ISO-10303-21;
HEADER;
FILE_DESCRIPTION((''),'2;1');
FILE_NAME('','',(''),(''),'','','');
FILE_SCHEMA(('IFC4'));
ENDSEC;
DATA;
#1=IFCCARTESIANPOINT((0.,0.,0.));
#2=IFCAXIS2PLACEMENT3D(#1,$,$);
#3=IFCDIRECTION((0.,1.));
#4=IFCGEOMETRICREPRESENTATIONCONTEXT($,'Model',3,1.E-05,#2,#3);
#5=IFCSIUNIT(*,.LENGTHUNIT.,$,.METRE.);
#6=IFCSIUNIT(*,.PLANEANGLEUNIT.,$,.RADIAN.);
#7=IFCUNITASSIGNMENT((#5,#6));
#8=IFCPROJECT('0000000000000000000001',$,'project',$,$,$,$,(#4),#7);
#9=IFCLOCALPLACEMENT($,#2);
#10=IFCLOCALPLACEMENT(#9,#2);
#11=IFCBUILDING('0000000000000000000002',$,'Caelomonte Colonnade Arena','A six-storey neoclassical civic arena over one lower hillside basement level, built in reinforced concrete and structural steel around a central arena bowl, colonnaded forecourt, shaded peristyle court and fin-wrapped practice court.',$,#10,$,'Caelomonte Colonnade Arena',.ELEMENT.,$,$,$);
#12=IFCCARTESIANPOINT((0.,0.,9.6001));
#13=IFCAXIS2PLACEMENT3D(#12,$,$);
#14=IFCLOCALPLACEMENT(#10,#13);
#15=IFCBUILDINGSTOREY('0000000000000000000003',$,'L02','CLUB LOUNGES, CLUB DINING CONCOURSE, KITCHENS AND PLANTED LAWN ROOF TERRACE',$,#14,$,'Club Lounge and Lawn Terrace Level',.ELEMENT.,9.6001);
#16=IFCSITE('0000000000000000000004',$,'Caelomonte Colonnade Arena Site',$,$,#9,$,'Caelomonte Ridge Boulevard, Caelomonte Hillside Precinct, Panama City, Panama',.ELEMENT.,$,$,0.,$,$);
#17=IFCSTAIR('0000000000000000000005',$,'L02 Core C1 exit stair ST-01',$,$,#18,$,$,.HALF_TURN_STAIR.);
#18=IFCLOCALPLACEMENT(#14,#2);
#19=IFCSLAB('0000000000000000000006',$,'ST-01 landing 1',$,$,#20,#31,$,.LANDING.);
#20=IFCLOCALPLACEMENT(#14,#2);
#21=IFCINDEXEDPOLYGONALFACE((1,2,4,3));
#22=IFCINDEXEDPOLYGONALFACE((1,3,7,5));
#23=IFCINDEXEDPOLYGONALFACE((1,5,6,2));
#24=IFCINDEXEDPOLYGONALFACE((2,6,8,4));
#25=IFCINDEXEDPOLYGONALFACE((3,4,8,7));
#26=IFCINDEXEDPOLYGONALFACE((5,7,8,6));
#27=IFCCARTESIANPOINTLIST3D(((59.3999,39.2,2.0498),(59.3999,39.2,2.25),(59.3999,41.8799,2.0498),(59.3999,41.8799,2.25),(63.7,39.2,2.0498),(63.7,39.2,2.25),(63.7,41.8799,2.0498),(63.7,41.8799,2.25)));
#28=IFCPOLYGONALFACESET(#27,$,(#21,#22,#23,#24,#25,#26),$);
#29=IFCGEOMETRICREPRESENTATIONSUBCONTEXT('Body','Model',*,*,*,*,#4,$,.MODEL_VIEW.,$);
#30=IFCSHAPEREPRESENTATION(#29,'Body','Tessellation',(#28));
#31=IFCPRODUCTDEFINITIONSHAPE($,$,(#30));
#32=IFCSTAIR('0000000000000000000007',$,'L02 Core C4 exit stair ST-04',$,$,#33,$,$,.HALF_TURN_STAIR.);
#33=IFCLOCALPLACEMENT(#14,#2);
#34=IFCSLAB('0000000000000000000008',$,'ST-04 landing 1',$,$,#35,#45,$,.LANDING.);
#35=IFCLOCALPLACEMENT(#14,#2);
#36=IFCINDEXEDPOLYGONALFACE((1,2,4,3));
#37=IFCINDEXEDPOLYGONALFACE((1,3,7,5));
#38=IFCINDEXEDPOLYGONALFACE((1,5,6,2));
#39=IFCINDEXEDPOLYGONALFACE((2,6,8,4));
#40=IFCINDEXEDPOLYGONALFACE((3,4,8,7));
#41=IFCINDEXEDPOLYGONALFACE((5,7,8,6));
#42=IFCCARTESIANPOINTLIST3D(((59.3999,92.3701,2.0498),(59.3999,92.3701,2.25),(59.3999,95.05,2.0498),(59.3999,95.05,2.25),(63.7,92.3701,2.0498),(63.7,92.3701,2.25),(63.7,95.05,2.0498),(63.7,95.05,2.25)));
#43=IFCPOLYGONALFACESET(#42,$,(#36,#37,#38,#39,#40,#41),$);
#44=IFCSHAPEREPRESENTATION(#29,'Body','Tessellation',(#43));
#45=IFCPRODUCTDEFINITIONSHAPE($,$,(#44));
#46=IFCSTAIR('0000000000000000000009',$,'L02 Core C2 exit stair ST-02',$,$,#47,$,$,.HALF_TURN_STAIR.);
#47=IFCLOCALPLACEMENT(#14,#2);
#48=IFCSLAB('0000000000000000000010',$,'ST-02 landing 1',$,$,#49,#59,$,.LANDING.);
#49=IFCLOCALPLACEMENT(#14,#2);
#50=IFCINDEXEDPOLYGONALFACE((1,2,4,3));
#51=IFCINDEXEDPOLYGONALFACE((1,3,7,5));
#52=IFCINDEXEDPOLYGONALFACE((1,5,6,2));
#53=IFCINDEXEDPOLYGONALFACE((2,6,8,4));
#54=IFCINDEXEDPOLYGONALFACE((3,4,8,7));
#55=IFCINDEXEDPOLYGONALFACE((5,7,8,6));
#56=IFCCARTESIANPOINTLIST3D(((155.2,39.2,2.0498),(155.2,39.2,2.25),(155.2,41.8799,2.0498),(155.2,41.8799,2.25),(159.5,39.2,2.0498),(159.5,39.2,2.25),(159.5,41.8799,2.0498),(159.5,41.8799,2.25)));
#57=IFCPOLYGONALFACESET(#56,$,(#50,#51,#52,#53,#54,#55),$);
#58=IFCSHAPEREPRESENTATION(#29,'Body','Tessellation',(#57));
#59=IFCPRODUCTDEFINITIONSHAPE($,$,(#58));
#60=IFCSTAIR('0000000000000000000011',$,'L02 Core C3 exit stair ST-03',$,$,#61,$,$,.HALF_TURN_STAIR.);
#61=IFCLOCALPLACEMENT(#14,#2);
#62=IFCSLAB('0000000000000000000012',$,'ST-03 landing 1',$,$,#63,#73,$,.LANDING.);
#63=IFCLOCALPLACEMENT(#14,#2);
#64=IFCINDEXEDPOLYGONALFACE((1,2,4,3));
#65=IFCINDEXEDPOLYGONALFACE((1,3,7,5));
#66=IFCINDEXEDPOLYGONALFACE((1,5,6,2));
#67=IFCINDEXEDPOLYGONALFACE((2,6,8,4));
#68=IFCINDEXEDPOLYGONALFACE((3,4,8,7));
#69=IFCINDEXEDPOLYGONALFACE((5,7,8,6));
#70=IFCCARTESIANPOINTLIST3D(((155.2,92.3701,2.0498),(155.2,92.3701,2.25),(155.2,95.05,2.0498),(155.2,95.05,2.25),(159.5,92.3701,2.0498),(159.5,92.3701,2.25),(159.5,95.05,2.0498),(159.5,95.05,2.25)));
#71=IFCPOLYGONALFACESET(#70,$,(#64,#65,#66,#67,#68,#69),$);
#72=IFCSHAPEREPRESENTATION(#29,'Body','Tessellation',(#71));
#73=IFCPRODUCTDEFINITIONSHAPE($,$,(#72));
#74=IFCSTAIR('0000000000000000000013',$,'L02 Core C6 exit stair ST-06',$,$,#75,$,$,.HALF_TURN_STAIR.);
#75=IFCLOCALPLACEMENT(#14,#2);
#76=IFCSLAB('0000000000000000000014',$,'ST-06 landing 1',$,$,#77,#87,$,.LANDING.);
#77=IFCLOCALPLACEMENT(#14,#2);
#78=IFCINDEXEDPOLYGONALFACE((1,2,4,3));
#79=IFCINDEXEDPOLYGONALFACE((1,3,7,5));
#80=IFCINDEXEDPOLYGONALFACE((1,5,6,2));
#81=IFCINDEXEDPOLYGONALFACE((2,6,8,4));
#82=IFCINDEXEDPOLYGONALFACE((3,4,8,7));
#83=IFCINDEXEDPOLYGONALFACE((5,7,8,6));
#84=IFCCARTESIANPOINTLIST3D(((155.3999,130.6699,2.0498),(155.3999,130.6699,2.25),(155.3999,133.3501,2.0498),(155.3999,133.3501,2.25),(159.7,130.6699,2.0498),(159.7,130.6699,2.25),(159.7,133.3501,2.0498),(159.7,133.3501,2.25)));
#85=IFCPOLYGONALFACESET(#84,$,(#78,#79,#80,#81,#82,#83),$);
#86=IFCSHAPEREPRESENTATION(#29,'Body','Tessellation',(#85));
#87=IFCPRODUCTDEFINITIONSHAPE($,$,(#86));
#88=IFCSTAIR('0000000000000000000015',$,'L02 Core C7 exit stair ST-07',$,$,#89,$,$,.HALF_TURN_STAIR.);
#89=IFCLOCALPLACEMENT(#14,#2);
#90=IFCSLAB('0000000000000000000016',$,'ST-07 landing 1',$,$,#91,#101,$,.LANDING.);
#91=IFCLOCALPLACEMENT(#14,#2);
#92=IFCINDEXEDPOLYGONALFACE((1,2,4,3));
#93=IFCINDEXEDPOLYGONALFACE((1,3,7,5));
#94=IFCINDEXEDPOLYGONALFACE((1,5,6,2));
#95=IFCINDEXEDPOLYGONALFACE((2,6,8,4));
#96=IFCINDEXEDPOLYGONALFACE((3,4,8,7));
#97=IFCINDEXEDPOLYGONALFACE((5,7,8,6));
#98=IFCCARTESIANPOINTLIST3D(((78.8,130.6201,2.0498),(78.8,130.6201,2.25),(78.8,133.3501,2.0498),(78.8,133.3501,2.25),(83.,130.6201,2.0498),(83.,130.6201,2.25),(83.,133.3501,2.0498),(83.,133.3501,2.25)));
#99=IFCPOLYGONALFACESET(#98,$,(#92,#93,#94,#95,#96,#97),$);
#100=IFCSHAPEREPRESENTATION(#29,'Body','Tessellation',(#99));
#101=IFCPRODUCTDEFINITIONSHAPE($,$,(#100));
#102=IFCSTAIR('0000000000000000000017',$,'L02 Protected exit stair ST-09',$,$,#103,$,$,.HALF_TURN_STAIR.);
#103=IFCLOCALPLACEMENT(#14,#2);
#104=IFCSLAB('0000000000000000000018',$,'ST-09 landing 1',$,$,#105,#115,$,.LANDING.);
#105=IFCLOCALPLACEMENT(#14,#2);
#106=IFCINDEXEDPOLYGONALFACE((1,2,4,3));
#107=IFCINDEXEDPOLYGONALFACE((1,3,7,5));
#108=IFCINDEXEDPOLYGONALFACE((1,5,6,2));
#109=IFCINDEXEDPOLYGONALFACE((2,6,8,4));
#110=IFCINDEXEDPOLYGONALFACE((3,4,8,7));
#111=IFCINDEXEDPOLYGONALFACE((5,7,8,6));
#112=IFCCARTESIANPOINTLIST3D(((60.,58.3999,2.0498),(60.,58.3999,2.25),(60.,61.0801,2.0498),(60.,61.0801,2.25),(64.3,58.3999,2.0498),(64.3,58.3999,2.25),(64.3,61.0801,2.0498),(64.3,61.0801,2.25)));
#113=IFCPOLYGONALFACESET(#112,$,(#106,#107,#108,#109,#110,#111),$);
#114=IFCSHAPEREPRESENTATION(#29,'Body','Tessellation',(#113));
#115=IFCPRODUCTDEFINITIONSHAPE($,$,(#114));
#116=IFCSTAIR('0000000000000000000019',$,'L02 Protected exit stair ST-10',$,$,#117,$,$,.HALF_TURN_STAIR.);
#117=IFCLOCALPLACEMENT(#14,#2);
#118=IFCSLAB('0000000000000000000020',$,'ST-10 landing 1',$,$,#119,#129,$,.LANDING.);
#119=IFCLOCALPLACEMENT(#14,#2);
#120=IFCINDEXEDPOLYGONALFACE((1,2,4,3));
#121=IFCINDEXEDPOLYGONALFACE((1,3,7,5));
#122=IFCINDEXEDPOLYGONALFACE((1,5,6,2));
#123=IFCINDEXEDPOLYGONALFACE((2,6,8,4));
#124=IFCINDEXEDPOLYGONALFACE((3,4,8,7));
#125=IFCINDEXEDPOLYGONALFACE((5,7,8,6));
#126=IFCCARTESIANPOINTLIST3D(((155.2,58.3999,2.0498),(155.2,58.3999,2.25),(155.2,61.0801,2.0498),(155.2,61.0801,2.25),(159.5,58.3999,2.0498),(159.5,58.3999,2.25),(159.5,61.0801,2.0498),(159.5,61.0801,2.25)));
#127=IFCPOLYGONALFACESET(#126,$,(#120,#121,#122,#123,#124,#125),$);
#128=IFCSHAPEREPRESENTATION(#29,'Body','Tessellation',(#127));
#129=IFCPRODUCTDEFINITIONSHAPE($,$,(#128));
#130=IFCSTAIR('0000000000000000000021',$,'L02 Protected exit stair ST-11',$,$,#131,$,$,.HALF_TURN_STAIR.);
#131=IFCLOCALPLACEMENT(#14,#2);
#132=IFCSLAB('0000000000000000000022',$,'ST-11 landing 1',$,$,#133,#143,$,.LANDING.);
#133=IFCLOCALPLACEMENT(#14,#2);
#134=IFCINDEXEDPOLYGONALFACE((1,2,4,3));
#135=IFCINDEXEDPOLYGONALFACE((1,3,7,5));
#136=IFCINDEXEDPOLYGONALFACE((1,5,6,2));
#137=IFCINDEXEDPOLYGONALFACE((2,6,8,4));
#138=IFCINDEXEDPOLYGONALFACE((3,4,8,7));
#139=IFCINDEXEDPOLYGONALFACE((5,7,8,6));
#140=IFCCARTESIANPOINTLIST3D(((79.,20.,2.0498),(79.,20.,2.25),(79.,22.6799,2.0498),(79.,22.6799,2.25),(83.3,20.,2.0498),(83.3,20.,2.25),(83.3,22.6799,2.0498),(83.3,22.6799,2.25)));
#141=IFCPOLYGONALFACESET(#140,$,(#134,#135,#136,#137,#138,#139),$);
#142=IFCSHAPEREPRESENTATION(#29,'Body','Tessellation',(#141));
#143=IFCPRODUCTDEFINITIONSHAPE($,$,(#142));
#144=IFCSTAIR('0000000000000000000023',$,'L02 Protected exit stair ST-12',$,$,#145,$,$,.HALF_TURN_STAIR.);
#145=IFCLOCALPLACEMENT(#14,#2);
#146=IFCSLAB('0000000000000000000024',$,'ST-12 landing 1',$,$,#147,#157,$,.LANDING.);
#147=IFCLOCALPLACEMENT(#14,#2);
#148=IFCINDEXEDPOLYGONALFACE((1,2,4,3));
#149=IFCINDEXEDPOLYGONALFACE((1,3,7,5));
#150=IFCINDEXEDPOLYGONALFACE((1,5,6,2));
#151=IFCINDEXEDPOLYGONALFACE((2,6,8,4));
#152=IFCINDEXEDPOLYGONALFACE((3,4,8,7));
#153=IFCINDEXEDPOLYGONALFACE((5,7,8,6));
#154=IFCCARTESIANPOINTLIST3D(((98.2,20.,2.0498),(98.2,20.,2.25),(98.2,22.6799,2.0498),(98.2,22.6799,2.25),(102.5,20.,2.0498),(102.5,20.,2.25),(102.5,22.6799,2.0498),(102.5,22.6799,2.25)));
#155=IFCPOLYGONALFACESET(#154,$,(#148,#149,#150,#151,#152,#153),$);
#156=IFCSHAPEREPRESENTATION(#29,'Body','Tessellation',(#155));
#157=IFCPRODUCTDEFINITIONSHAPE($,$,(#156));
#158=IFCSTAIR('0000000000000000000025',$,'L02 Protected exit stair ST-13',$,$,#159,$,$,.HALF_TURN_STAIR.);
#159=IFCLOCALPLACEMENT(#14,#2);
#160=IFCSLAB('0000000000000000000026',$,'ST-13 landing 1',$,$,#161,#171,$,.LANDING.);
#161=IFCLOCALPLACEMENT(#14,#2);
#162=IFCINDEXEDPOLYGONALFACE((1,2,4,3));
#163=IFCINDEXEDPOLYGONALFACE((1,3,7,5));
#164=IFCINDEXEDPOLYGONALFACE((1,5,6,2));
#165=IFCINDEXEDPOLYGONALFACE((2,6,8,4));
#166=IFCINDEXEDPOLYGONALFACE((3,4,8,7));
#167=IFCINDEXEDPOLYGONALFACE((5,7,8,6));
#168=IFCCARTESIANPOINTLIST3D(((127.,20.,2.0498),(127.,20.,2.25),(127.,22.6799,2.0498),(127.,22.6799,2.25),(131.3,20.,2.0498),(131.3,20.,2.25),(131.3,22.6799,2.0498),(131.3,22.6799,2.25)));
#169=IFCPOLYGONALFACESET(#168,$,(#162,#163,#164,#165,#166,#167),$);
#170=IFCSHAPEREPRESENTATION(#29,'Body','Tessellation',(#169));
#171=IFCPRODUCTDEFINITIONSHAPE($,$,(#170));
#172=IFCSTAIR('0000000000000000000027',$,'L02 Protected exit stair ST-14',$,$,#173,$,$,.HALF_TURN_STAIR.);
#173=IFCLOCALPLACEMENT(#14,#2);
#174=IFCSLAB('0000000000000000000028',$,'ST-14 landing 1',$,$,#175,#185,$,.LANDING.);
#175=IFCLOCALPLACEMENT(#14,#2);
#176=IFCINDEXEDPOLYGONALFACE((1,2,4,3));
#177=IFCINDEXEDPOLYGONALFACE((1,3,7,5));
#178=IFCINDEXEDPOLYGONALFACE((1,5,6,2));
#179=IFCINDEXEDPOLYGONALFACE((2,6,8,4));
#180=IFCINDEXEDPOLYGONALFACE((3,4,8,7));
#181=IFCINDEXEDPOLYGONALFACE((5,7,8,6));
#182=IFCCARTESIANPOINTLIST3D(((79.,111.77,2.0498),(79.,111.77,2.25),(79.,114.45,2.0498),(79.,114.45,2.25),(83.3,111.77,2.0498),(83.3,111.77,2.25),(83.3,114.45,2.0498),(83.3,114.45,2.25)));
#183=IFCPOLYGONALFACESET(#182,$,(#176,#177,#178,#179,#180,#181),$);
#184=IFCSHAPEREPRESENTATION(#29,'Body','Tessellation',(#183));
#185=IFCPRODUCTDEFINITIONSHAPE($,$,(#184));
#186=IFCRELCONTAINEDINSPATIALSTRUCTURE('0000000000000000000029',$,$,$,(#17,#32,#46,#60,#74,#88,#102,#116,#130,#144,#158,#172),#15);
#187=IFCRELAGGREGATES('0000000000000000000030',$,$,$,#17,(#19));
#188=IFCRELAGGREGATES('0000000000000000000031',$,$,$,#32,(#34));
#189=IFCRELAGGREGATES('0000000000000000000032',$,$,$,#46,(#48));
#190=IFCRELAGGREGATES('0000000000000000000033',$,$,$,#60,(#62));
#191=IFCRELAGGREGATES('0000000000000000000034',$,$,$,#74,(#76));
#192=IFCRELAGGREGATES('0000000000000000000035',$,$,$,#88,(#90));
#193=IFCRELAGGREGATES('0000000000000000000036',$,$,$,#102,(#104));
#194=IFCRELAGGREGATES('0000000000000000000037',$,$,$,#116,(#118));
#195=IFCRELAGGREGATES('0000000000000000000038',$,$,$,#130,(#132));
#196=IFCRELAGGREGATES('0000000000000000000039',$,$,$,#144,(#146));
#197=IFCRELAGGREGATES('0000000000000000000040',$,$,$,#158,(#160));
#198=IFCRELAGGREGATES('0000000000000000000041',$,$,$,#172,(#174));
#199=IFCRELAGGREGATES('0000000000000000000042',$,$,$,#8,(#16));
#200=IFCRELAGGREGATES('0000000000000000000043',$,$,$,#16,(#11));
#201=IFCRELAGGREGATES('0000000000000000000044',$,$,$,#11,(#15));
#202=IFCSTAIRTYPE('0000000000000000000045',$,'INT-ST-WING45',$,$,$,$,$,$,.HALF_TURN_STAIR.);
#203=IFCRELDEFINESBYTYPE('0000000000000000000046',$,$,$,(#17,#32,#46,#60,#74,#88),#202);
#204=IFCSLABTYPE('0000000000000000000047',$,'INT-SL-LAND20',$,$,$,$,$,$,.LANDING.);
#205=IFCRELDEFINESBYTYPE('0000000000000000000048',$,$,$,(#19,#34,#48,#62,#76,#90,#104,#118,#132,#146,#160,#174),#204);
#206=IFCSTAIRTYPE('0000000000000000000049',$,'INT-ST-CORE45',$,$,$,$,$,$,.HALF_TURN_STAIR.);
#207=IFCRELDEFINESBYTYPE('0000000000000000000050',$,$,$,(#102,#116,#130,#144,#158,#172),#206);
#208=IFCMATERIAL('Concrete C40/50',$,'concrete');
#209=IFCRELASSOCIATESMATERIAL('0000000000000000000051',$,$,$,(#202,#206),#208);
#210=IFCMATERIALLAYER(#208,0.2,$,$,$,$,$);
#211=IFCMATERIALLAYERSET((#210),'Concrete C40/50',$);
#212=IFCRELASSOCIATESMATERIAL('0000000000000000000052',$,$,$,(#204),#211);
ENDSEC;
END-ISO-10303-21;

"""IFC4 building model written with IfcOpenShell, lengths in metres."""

from ifc_helpers import new_model, si_unit, direction, frame, origin, place, context, subcontext, project, spatial, polyline, outline, extrude, material, layer, layer_set, type_object, element, aggregate, save


model = new_model("IFC4")

# Units and contexts
model_context = context("Model", 3, precision=1e-05, world=origin(), true_north=direction((0.0, 1.0)))
body_context = subcontext(model_context, "Body", "Model", "MODEL_VIEW")
ifc_project = project(units=[si_unit("LENGTHUNIT", "METRE"), si_unit("PLANEANGLEUNIT", "RADIAN")], contexts=[model_context])

# Site, building, storey
site_placement = place(None, origin())
site = spatial("IfcSite", under=ifc_project, at=site_placement, Name="Caelomonte Colonnade Arena Site", LongName="Caelomonte Ridge Boulevard, Caelomonte Hillside Precinct, Panama City, Panama", CompositionType="ELEMENT", RefElevation=0.0)
building_placement = place(site_placement, origin())
building = spatial("IfcBuilding", under=site, at=building_placement, Name="Caelomonte Colonnade Arena", Description="A six-storey neoclassical civic arena over one lower hillside basement level, built in reinforced concrete and structural steel around a central arena bowl, colonnaded forecourt, shaded peristyle court and fin-wrapped practice court.", LongName="Caelomonte Colonnade Arena", CompositionType="ELEMENT")
storey_placement = place(building_placement, frame((0.0, 0.0, 9.6001)))
storey = spatial("IfcBuildingStorey", under=building, at=storey_placement, Name="L02", Description="CLUB LOUNGES, CLUB DINING CONCOURSE, KITCHENS AND PLANTED LAWN ROOF TERRACE", LongName="Club Lounge and Lawn Terrace Level", CompositionType="ELEMENT", Elevation=9.6001)

# Stairs, slabs
ifc_material_1 = material(Name="Concrete C40/50", Category="concrete")
stair_type_1 = type_object("IfcStairType", Name="INT-ST-WING45", PredefinedType="HALF_TURN_STAIR", material=ifc_material_1)
stair_1_placement = place(storey_placement, origin())
stair_1 = element("IfcStair", 1, at=stair_1_placement, inside=storey, type_object=stair_type_1, Name="L02 Core C1 exit stair ST-01", PredefinedType="HALF_TURN_STAIR")
ifc_layer_1 = layer(ifc_material_1, 0.2)
ifc_layer_set_1 = layer_set([ifc_layer_1], Name="Concrete C40/50")
slab_type_1 = type_object("IfcSlabType", Name="INT-SL-LAND20", PredefinedType="LANDING", material=ifc_layer_set_1)
slab_1_placement = place(storey_placement, frame((0.0, 0.0, 2.0498)))
slab_1 = element("IfcSlab", 2, at=slab_1_placement, type_object=slab_type_1, Name="ST-01 landing 1", PredefinedType="LANDING", context=body_context, shape_type="SweptSolid", body=[
    extrude(outline(polyline([(59.3999, 41.8799), (59.3999, 39.2), (63.7, 39.2), (63.7, 41.8799), (59.3999, 41.8799)])), origin(), (0.0, 0.0, 1.0), 0.2002),
])
aggregate(stair_1, [slab_1])
stair_2_placement = place(storey_placement, origin())
stair_2 = element("IfcStair", 3, at=stair_2_placement, inside=storey, type_object=stair_type_1, Name="L02 Core C4 exit stair ST-04", PredefinedType="HALF_TURN_STAIR")
slab_2_placement = place(storey_placement, frame((0.0, 0.0, 2.0498)))
slab_2 = element("IfcSlab", 4, at=slab_2_placement, type_object=slab_type_1, Name="ST-04 landing 1", PredefinedType="LANDING", context=body_context, shape_type="SweptSolid", body=[
    extrude(outline(polyline([(63.7, 92.3701), (63.7, 95.05), (59.3999, 95.05), (59.3999, 92.3701), (63.7, 92.3701)])), origin(), (0.0, 0.0, 1.0), 0.2002),
])
aggregate(stair_2, [slab_2])
stair_3_placement = place(storey_placement, origin())
stair_3 = element("IfcStair", 5, at=stair_3_placement, inside=storey, type_object=stair_type_1, Name="L02 Core C2 exit stair ST-02", PredefinedType="HALF_TURN_STAIR")
slab_3_placement = place(storey_placement, frame((0.0, 0.0, 2.0498)))
slab_3 = element("IfcSlab", 6, at=slab_3_placement, type_object=slab_type_1, Name="ST-02 landing 1", PredefinedType="LANDING", context=body_context, shape_type="SweptSolid", body=[
    extrude(outline(polyline([(155.2, 41.8799), (155.2, 39.2), (159.5, 39.2), (159.5, 41.8799), (155.2, 41.8799)])), origin(), (0.0, 0.0, 1.0), 0.2002),
])
aggregate(stair_3, [slab_3])
stair_4_placement = place(storey_placement, origin())
stair_4 = element("IfcStair", 7, at=stair_4_placement, inside=storey, type_object=stair_type_1, Name="L02 Core C3 exit stair ST-03", PredefinedType="HALF_TURN_STAIR")
slab_4_placement = place(storey_placement, frame((0.0, 0.0, 2.0498)))
slab_4 = element("IfcSlab", 8, at=slab_4_placement, type_object=slab_type_1, Name="ST-03 landing 1", PredefinedType="LANDING", context=body_context, shape_type="SweptSolid", body=[
    extrude(outline(polyline([(159.5, 92.3701), (159.5, 95.05), (155.2, 95.05), (155.2, 92.3701), (159.5, 92.3701)])), origin(), (0.0, 0.0, 1.0), 0.2002),
])
aggregate(stair_4, [slab_4])
stair_5_placement = place(storey_placement, origin())
stair_5 = element("IfcStair", 9, at=stair_5_placement, inside=storey, type_object=stair_type_1, Name="L02 Core C6 exit stair ST-06", PredefinedType="HALF_TURN_STAIR")
slab_5_placement = place(storey_placement, frame((0.0, 0.0, 2.0498)))
slab_5 = element("IfcSlab", 10, at=slab_5_placement, type_object=slab_type_1, Name="ST-06 landing 1", PredefinedType="LANDING", context=body_context, shape_type="SweptSolid", body=[
    extrude(outline(polyline([(159.7, 130.6699), (159.7, 133.3501), (155.3999, 133.3501), (155.3999, 130.6699), (159.7, 130.6699)])), origin(), (0.0, 0.0, 1.0), 0.2002),
])
aggregate(stair_5, [slab_5])
stair_6_placement = place(storey_placement, origin())
stair_6 = element("IfcStair", 11, at=stair_6_placement, inside=storey, type_object=stair_type_1, Name="L02 Core C7 exit stair ST-07", PredefinedType="HALF_TURN_STAIR")
slab_6_placement = place(storey_placement, frame((0.0, 0.0, 2.0498)))
slab_6 = element("IfcSlab", 12, at=slab_6_placement, type_object=slab_type_1, Name="ST-07 landing 1", PredefinedType="LANDING", context=body_context, shape_type="SweptSolid", body=[
    extrude(outline(polyline([(83.0, 130.6201), (83.0, 133.3501), (78.8, 133.3501), (78.8, 130.6201), (83.0, 130.6201)])), origin(), (0.0, 0.0, 1.0), 0.2002),
])
aggregate(stair_6, [slab_6])
stair_type_2 = type_object("IfcStairType", Name="INT-ST-CORE45", PredefinedType="HALF_TURN_STAIR", material=ifc_material_1)
stair_7_placement = place(storey_placement, origin())
stair_7 = element("IfcStair", 13, at=stair_7_placement, inside=storey, type_object=stair_type_2, Name="L02 Protected exit stair ST-09", PredefinedType="HALF_TURN_STAIR")
slab_7_placement = place(storey_placement, frame((0.0, 0.0, 2.0498)))
slab_7 = element("IfcSlab", 14, at=slab_7_placement, type_object=slab_type_1, Name="ST-09 landing 1", PredefinedType="LANDING", context=body_context, shape_type="SweptSolid", body=[
    extrude(outline(polyline([(60.0, 61.0801), (60.0, 58.3999), (64.3, 58.3999), (64.3, 61.0801), (60.0, 61.0801)])), origin(), (0.0, 0.0, 1.0), 0.2002),
])
aggregate(stair_7, [slab_7])
stair_8_placement = place(storey_placement, origin())
stair_8 = element("IfcStair", 15, at=stair_8_placement, inside=storey, type_object=stair_type_2, Name="L02 Protected exit stair ST-10", PredefinedType="HALF_TURN_STAIR")
slab_8_placement = place(storey_placement, frame((0.0, 0.0, 2.0498)))
slab_8 = element("IfcSlab", 16, at=slab_8_placement, type_object=slab_type_1, Name="ST-10 landing 1", PredefinedType="LANDING", context=body_context, shape_type="SweptSolid", body=[
    extrude(outline(polyline([(155.2, 61.0801), (155.2, 58.3999), (159.5, 58.3999), (159.5, 61.0801), (155.2, 61.0801)])), origin(), (0.0, 0.0, 1.0), 0.2002),
])
aggregate(stair_8, [slab_8])
stair_9_placement = place(storey_placement, origin())
stair_9 = element("IfcStair", 17, at=stair_9_placement, inside=storey, type_object=stair_type_2, Name="L02 Protected exit stair ST-11", PredefinedType="HALF_TURN_STAIR")
slab_9_placement = place(storey_placement, frame((0.0, 0.0, 2.0498)))
slab_9 = element("IfcSlab", 18, at=slab_9_placement, type_object=slab_type_1, Name="ST-11 landing 1", PredefinedType="LANDING", context=body_context, shape_type="SweptSolid", body=[
    extrude(outline(polyline([(79.0, 22.6799), (79.0, 20.0), (83.3, 20.0), (83.3, 22.6799), (79.0, 22.6799)])), origin(), (0.0, 0.0, 1.0), 0.2002),
])
aggregate(stair_9, [slab_9])
stair_10_placement = place(storey_placement, origin())
stair_10 = element("IfcStair", 19, at=stair_10_placement, inside=storey, type_object=stair_type_2, Name="L02 Protected exit stair ST-12", PredefinedType="HALF_TURN_STAIR")
slab_10_placement = place(storey_placement, frame((0.0, 0.0, 2.0498)))
slab_10 = element("IfcSlab", 20, at=slab_10_placement, type_object=slab_type_1, Name="ST-12 landing 1", PredefinedType="LANDING", context=body_context, shape_type="SweptSolid", body=[
    extrude(outline(polyline([(98.2, 22.6799), (98.2, 20.0), (102.5, 20.0), (102.5, 22.6799), (98.2, 22.6799)])), origin(), (0.0, 0.0, 1.0), 0.2002),
])
aggregate(stair_10, [slab_10])
stair_11_placement = place(storey_placement, origin())
stair_11 = element("IfcStair", 21, at=stair_11_placement, inside=storey, type_object=stair_type_2, Name="L02 Protected exit stair ST-13", PredefinedType="HALF_TURN_STAIR")
slab_11_placement = place(storey_placement, frame((0.0, 0.0, 2.0498)))
slab_11 = element("IfcSlab", 22, at=slab_11_placement, type_object=slab_type_1, Name="ST-13 landing 1", PredefinedType="LANDING", context=body_context, shape_type="SweptSolid", body=[
    extrude(outline(polyline([(127.0, 22.6799), (127.0, 20.0), (131.3, 20.0), (131.3, 22.6799), (127.0, 22.6799)])), origin(), (0.0, 0.0, 1.0), 0.2002),
])
aggregate(stair_11, [slab_11])
stair_12_placement = place(storey_placement, origin())
stair_12 = element("IfcStair", 23, at=stair_12_placement, inside=storey, type_object=stair_type_2, Name="L02 Protected exit stair ST-14", PredefinedType="HALF_TURN_STAIR")
slab_12_placement = place(storey_placement, frame((0.0, 0.0, 2.0498)))
slab_12 = element("IfcSlab", 24, at=slab_12_placement, type_object=slab_type_1, Name="ST-14 landing 1", PredefinedType="LANDING", context=body_context, shape_type="SweptSolid", body=[
    extrude(outline(polyline([(83.3, 111.77), (83.3, 114.45), (79.0, 114.45), (79.0, 111.77), (83.3, 111.77)])), origin(), (0.0, 0.0, 1.0), 0.2002),
])
aggregate(stair_12, [slab_12])

save(model, "model.ifc")
